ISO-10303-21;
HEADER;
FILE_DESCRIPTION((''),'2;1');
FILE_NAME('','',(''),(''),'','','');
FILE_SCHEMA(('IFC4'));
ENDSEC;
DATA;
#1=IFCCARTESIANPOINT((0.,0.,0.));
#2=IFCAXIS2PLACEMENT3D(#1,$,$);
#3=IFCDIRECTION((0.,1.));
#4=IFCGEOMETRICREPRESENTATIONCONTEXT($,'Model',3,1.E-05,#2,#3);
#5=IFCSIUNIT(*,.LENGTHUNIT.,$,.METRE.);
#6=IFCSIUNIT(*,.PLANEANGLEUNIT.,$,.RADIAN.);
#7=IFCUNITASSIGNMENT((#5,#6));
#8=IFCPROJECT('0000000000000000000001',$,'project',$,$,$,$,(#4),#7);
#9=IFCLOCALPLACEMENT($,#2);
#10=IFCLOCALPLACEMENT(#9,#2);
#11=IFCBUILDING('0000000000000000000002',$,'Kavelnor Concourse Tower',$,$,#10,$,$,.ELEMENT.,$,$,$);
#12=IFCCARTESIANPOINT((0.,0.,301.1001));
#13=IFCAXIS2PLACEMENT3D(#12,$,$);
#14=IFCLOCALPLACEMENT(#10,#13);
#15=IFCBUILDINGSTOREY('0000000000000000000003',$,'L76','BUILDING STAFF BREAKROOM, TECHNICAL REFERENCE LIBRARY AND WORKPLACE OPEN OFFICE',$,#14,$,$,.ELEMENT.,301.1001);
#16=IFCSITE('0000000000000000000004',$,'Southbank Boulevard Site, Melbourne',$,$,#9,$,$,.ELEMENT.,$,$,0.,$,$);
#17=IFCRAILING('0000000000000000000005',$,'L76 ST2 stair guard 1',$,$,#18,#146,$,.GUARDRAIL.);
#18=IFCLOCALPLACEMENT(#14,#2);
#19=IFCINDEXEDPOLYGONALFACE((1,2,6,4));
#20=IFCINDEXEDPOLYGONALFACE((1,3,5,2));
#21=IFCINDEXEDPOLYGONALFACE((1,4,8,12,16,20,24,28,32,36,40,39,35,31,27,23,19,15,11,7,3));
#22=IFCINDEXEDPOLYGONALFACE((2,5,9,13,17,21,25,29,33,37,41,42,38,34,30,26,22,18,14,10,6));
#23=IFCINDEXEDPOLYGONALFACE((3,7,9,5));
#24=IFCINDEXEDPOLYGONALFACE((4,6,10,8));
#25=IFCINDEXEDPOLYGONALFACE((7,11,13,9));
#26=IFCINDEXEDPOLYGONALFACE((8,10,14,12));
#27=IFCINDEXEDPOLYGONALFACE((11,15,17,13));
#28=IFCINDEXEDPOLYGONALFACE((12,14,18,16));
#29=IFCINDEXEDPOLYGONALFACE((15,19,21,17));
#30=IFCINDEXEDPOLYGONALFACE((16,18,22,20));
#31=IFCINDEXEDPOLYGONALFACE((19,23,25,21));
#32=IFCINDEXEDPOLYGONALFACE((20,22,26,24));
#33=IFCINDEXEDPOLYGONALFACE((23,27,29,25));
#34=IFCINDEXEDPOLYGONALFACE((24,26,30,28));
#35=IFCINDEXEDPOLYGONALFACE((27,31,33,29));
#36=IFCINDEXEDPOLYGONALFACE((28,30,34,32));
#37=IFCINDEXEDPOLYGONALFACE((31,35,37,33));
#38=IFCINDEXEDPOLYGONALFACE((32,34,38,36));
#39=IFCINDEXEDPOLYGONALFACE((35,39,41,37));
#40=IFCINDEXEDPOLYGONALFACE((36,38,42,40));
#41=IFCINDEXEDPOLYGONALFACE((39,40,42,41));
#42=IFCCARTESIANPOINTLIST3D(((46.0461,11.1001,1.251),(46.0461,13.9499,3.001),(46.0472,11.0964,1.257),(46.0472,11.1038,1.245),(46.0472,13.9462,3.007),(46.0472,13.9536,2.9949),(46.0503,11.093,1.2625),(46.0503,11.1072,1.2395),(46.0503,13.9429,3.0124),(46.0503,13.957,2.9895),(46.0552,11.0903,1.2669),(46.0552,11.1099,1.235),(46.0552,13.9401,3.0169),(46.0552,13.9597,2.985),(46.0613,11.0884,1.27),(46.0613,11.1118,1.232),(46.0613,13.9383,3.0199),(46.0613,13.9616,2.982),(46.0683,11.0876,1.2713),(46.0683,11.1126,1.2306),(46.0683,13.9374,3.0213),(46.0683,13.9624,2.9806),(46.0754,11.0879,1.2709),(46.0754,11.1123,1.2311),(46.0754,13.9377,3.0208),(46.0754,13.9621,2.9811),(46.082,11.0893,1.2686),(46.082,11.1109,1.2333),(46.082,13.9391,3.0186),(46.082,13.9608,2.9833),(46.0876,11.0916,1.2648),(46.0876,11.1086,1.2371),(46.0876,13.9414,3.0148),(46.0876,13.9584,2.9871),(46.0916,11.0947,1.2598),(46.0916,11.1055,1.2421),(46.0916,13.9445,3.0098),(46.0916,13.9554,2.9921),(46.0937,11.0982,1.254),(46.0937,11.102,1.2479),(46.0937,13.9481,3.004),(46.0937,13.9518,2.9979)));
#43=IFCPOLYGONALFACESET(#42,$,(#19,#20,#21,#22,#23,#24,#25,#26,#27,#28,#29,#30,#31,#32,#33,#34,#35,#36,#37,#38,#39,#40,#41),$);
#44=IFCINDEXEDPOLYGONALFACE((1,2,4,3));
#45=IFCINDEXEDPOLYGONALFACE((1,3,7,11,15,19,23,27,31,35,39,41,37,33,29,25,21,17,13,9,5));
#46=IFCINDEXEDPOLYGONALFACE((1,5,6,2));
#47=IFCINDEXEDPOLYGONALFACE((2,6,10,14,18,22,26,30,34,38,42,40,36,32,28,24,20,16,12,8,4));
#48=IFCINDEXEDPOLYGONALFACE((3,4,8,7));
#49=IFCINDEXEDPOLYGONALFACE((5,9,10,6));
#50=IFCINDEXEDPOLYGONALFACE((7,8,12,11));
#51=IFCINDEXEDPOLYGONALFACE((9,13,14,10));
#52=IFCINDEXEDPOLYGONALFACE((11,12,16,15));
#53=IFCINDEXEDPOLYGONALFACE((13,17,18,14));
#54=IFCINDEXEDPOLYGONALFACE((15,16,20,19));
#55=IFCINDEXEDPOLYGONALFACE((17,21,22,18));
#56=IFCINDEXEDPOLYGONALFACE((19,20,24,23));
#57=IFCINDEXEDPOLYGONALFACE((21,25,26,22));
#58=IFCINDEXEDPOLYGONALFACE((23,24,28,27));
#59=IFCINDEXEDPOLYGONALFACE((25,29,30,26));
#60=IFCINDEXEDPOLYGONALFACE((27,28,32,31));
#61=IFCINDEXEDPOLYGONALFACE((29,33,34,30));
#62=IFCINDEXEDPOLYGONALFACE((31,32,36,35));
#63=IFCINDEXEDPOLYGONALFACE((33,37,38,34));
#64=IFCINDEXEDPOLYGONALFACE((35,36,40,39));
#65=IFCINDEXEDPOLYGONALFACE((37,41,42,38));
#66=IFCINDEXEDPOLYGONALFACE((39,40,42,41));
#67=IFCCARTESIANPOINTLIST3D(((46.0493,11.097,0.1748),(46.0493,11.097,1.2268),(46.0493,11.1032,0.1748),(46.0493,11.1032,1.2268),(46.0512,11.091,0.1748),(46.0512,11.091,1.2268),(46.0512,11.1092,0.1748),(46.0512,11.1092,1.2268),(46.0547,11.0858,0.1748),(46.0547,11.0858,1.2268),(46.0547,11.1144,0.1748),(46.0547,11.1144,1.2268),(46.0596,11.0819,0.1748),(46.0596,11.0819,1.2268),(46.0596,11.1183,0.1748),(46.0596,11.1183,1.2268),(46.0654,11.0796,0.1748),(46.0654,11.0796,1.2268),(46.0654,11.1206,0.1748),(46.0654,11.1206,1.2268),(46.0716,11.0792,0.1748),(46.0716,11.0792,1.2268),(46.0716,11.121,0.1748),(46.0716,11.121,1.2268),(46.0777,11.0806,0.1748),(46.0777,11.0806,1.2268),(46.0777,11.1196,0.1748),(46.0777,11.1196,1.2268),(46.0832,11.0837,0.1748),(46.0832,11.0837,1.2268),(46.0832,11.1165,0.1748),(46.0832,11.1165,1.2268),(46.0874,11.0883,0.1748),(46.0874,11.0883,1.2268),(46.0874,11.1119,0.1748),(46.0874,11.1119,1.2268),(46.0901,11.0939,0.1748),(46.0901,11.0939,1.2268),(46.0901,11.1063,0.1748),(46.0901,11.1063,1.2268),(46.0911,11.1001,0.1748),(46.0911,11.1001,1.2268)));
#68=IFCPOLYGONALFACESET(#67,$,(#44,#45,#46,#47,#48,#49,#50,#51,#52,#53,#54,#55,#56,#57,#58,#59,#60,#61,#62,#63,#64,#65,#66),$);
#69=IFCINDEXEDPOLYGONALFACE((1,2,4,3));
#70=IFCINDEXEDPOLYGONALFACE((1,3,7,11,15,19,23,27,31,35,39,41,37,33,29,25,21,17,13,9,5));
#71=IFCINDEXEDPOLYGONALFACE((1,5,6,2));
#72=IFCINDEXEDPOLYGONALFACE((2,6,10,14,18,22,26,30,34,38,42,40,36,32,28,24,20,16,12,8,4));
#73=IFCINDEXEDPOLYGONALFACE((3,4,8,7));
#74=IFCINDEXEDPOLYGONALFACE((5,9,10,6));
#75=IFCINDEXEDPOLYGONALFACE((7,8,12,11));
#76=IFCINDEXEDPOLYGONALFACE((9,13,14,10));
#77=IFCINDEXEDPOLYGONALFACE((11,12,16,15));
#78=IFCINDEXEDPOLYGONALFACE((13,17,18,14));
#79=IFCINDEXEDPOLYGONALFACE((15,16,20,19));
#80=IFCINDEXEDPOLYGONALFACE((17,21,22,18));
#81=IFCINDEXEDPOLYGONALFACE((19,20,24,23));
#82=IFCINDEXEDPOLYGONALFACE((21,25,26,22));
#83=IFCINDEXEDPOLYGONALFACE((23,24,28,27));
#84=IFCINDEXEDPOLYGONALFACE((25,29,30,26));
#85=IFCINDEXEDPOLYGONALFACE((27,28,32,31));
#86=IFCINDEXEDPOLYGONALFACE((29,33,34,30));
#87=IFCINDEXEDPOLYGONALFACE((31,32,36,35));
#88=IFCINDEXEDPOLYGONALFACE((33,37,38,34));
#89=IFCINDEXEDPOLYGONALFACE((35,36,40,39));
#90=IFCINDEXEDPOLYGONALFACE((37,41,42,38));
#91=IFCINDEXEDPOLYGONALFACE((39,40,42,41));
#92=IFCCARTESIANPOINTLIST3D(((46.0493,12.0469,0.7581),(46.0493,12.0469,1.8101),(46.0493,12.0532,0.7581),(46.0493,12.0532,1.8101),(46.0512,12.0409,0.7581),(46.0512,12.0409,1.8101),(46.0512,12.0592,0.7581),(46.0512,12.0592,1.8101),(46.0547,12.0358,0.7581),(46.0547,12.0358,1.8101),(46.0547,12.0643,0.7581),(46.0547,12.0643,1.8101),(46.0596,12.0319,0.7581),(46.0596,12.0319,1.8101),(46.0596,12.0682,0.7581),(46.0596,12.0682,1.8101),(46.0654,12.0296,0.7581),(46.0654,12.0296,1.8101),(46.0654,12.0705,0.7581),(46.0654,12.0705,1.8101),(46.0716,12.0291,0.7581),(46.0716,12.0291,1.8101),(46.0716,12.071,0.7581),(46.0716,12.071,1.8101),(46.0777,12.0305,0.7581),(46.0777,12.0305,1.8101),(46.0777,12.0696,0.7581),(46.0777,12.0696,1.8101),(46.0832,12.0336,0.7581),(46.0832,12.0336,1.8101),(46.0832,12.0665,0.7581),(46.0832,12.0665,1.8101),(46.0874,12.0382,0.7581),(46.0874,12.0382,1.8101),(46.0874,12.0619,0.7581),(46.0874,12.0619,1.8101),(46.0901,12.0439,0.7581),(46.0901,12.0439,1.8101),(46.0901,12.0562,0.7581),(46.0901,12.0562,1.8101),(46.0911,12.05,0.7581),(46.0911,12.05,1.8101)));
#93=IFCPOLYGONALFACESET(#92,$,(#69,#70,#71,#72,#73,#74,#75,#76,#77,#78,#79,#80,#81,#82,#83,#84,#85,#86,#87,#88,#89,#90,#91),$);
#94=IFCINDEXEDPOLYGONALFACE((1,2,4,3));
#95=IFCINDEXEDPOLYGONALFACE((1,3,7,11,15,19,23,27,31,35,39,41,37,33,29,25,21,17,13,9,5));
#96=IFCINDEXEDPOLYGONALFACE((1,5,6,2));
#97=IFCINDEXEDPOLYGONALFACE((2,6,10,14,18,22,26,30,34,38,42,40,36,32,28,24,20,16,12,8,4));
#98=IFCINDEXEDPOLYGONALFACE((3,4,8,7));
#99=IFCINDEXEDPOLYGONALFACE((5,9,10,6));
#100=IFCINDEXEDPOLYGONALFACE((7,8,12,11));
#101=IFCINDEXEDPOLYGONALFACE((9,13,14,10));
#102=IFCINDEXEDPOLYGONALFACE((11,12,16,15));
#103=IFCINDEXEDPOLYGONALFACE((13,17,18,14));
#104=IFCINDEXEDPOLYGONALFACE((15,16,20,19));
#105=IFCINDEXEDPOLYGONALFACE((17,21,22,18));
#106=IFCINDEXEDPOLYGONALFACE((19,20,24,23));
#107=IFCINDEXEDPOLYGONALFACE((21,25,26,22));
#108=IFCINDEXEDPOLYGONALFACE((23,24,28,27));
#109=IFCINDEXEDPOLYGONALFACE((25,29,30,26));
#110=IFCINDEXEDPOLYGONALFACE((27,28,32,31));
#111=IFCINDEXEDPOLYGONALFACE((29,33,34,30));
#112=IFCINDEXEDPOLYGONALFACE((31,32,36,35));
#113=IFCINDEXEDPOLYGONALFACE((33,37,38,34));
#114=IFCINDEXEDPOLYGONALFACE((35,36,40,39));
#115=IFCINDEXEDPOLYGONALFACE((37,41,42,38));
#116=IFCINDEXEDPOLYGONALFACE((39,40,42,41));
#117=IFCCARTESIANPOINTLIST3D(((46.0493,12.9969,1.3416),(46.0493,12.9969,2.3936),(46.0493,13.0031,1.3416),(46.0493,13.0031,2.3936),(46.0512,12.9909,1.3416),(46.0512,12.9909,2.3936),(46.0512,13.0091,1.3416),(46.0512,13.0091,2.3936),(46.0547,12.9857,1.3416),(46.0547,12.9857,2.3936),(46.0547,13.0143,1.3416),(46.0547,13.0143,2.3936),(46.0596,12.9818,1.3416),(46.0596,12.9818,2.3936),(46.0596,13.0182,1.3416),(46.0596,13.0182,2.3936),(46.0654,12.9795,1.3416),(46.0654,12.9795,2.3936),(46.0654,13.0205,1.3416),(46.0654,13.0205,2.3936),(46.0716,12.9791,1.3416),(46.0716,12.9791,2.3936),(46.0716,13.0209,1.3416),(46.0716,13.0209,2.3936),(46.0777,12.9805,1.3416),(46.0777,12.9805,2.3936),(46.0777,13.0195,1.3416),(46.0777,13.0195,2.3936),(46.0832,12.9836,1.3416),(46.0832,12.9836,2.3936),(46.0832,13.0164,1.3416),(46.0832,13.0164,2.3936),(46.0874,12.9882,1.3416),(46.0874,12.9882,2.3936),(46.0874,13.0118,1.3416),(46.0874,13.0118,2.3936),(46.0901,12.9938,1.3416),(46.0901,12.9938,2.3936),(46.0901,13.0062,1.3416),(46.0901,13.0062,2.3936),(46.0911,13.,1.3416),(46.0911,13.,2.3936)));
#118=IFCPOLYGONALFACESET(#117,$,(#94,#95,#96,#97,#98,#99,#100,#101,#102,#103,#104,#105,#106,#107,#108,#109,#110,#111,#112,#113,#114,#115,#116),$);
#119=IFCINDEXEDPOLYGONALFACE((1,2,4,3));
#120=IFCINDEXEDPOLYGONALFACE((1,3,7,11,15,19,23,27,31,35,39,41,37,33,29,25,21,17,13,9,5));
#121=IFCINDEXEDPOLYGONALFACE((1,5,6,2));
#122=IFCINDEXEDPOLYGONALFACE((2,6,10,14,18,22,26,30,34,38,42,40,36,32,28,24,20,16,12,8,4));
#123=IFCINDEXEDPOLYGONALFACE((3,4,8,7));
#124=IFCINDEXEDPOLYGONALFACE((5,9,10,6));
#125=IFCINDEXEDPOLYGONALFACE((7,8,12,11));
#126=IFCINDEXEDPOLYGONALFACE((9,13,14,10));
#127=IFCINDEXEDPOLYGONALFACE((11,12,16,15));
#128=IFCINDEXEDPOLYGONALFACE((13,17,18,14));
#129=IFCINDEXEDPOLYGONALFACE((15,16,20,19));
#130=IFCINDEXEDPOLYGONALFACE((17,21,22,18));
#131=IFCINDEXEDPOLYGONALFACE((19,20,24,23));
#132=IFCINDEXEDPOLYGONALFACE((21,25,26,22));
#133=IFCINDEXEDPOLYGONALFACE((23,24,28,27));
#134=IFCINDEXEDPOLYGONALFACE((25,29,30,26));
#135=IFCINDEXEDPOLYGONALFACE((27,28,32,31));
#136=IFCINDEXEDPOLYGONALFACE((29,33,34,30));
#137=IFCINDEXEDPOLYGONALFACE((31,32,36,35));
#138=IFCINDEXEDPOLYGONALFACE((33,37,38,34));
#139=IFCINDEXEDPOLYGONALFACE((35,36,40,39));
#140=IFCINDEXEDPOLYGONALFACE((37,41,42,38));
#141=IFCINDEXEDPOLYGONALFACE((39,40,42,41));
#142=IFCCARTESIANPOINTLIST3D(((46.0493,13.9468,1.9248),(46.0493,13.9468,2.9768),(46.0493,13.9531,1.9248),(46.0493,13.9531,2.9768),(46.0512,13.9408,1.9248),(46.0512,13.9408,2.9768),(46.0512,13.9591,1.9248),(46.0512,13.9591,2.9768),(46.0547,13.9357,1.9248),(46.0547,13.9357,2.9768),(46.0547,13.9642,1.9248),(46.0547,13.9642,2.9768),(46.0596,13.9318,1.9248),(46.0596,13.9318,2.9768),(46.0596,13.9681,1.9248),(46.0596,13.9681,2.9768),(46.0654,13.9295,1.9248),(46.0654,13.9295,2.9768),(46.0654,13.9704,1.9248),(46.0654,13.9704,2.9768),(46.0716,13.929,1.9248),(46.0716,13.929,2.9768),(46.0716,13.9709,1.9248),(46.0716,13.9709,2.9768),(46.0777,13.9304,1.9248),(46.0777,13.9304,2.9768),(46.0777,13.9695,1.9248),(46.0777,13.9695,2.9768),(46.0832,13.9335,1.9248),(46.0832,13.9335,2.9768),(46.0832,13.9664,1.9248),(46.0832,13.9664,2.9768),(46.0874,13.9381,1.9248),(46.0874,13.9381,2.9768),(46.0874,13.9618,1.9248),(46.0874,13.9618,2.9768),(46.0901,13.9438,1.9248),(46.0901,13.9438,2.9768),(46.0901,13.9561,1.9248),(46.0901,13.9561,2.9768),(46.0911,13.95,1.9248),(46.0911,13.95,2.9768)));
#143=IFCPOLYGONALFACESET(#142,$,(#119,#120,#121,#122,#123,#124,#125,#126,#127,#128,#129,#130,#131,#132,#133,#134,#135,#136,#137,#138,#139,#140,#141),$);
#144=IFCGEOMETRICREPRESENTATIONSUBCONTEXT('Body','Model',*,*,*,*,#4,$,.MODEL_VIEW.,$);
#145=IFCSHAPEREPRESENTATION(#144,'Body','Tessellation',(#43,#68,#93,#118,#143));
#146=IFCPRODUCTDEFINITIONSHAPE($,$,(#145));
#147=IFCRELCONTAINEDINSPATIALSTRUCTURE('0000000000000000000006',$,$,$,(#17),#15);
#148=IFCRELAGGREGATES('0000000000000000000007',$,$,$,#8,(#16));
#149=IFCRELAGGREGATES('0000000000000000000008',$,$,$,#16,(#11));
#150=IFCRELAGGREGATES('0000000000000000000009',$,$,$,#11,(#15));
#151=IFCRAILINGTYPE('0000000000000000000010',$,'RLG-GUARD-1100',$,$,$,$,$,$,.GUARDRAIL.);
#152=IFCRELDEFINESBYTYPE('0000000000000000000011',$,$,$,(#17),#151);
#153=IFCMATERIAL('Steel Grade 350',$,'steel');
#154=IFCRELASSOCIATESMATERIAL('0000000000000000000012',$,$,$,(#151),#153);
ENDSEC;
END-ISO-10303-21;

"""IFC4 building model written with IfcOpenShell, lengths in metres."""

from ifc_helpers import new_model, si_unit, direction, frame, origin, origin_2d, place, context, subcontext, project, spatial, circle, extrude, material, type_object, element, save


model = new_model("IFC4")

# Units and contexts
model_context = context("Model", 3, precision=1e-05, world=origin(), true_north=direction((0.0, 1.0)))
body_context = subcontext(model_context, "Body", "Model", "MODEL_VIEW")
ifc_project = project(units=[si_unit("LENGTHUNIT", "METRE"), si_unit("PLANEANGLEUNIT", "RADIAN")], contexts=[model_context])

# Site, building, storey
site_placement = place(None, origin())
site = spatial("IfcSite", under=ifc_project, at=site_placement, Name="Southbank Boulevard Site, Melbourne", CompositionType="ELEMENT", RefElevation=0.0)
building_placement = place(site_placement, origin())
building = spatial("IfcBuilding", under=site, at=building_placement, Name="Kavelnor Concourse Tower", CompositionType="ELEMENT")
storey_placement = place(building_placement, frame((0.0, 0.0, 301.1001)))
storey = spatial("IfcBuildingStorey", under=building, at=storey_placement, Name="L76", Description="BUILDING STAFF BREAKROOM, TECHNICAL REFERENCE LIBRARY AND WORKPLACE OPEN OFFICE", CompositionType="ELEMENT", Elevation=301.1001)

# Shared definitions
ifc_material_1 = material(Name="Steel Grade 350", Category="steel")

# Railing
railing_type_1 = type_object("IfcRailingType", Name="RLG-GUARD-1100", PredefinedType="GUARDRAIL", material=ifc_material_1)
railing_1_placement = place(storey_placement, frame((46.0701, 11.1001, 0.1748)))
element("IfcRailing", 1, at=railing_1_placement, inside=storey, type_object=railing_type_1, Name="L76 ST2 stair guard 1", PredefinedType="GUARDRAIL", context=body_context, shape_type="SweptSolid", body=[
    extrude(circle(Radius=0.0239, at=origin_2d()), frame((0.0, 0.0, 1.0762), z_axis=(0.0, 0.852159, 0.523283), x_axis=(-1.0, 0.0, 0.0)), (0.0, 0.0, 1.0), 3.3442),
    extrude(circle(Radius=0.021, at=origin_2d()), origin(), (0.0, 0.0, 1.0), 1.052),
    extrude(circle(Radius=0.021, at=origin_2d()), frame((0.0, 0.95, 0.5833)), (0.0, 0.0, 1.0), 1.052),
    extrude(circle(Radius=0.021, at=origin_2d()), frame((0.0, 1.8999, 1.1667)), (0.0, 0.0, 1.0), 1.052),
    extrude(circle(Radius=0.021, at=origin_2d()), frame((0.0, 2.8499, 1.75)), (0.0, 0.0, 1.0), 1.052),
])

save(model, "model.ifc")
